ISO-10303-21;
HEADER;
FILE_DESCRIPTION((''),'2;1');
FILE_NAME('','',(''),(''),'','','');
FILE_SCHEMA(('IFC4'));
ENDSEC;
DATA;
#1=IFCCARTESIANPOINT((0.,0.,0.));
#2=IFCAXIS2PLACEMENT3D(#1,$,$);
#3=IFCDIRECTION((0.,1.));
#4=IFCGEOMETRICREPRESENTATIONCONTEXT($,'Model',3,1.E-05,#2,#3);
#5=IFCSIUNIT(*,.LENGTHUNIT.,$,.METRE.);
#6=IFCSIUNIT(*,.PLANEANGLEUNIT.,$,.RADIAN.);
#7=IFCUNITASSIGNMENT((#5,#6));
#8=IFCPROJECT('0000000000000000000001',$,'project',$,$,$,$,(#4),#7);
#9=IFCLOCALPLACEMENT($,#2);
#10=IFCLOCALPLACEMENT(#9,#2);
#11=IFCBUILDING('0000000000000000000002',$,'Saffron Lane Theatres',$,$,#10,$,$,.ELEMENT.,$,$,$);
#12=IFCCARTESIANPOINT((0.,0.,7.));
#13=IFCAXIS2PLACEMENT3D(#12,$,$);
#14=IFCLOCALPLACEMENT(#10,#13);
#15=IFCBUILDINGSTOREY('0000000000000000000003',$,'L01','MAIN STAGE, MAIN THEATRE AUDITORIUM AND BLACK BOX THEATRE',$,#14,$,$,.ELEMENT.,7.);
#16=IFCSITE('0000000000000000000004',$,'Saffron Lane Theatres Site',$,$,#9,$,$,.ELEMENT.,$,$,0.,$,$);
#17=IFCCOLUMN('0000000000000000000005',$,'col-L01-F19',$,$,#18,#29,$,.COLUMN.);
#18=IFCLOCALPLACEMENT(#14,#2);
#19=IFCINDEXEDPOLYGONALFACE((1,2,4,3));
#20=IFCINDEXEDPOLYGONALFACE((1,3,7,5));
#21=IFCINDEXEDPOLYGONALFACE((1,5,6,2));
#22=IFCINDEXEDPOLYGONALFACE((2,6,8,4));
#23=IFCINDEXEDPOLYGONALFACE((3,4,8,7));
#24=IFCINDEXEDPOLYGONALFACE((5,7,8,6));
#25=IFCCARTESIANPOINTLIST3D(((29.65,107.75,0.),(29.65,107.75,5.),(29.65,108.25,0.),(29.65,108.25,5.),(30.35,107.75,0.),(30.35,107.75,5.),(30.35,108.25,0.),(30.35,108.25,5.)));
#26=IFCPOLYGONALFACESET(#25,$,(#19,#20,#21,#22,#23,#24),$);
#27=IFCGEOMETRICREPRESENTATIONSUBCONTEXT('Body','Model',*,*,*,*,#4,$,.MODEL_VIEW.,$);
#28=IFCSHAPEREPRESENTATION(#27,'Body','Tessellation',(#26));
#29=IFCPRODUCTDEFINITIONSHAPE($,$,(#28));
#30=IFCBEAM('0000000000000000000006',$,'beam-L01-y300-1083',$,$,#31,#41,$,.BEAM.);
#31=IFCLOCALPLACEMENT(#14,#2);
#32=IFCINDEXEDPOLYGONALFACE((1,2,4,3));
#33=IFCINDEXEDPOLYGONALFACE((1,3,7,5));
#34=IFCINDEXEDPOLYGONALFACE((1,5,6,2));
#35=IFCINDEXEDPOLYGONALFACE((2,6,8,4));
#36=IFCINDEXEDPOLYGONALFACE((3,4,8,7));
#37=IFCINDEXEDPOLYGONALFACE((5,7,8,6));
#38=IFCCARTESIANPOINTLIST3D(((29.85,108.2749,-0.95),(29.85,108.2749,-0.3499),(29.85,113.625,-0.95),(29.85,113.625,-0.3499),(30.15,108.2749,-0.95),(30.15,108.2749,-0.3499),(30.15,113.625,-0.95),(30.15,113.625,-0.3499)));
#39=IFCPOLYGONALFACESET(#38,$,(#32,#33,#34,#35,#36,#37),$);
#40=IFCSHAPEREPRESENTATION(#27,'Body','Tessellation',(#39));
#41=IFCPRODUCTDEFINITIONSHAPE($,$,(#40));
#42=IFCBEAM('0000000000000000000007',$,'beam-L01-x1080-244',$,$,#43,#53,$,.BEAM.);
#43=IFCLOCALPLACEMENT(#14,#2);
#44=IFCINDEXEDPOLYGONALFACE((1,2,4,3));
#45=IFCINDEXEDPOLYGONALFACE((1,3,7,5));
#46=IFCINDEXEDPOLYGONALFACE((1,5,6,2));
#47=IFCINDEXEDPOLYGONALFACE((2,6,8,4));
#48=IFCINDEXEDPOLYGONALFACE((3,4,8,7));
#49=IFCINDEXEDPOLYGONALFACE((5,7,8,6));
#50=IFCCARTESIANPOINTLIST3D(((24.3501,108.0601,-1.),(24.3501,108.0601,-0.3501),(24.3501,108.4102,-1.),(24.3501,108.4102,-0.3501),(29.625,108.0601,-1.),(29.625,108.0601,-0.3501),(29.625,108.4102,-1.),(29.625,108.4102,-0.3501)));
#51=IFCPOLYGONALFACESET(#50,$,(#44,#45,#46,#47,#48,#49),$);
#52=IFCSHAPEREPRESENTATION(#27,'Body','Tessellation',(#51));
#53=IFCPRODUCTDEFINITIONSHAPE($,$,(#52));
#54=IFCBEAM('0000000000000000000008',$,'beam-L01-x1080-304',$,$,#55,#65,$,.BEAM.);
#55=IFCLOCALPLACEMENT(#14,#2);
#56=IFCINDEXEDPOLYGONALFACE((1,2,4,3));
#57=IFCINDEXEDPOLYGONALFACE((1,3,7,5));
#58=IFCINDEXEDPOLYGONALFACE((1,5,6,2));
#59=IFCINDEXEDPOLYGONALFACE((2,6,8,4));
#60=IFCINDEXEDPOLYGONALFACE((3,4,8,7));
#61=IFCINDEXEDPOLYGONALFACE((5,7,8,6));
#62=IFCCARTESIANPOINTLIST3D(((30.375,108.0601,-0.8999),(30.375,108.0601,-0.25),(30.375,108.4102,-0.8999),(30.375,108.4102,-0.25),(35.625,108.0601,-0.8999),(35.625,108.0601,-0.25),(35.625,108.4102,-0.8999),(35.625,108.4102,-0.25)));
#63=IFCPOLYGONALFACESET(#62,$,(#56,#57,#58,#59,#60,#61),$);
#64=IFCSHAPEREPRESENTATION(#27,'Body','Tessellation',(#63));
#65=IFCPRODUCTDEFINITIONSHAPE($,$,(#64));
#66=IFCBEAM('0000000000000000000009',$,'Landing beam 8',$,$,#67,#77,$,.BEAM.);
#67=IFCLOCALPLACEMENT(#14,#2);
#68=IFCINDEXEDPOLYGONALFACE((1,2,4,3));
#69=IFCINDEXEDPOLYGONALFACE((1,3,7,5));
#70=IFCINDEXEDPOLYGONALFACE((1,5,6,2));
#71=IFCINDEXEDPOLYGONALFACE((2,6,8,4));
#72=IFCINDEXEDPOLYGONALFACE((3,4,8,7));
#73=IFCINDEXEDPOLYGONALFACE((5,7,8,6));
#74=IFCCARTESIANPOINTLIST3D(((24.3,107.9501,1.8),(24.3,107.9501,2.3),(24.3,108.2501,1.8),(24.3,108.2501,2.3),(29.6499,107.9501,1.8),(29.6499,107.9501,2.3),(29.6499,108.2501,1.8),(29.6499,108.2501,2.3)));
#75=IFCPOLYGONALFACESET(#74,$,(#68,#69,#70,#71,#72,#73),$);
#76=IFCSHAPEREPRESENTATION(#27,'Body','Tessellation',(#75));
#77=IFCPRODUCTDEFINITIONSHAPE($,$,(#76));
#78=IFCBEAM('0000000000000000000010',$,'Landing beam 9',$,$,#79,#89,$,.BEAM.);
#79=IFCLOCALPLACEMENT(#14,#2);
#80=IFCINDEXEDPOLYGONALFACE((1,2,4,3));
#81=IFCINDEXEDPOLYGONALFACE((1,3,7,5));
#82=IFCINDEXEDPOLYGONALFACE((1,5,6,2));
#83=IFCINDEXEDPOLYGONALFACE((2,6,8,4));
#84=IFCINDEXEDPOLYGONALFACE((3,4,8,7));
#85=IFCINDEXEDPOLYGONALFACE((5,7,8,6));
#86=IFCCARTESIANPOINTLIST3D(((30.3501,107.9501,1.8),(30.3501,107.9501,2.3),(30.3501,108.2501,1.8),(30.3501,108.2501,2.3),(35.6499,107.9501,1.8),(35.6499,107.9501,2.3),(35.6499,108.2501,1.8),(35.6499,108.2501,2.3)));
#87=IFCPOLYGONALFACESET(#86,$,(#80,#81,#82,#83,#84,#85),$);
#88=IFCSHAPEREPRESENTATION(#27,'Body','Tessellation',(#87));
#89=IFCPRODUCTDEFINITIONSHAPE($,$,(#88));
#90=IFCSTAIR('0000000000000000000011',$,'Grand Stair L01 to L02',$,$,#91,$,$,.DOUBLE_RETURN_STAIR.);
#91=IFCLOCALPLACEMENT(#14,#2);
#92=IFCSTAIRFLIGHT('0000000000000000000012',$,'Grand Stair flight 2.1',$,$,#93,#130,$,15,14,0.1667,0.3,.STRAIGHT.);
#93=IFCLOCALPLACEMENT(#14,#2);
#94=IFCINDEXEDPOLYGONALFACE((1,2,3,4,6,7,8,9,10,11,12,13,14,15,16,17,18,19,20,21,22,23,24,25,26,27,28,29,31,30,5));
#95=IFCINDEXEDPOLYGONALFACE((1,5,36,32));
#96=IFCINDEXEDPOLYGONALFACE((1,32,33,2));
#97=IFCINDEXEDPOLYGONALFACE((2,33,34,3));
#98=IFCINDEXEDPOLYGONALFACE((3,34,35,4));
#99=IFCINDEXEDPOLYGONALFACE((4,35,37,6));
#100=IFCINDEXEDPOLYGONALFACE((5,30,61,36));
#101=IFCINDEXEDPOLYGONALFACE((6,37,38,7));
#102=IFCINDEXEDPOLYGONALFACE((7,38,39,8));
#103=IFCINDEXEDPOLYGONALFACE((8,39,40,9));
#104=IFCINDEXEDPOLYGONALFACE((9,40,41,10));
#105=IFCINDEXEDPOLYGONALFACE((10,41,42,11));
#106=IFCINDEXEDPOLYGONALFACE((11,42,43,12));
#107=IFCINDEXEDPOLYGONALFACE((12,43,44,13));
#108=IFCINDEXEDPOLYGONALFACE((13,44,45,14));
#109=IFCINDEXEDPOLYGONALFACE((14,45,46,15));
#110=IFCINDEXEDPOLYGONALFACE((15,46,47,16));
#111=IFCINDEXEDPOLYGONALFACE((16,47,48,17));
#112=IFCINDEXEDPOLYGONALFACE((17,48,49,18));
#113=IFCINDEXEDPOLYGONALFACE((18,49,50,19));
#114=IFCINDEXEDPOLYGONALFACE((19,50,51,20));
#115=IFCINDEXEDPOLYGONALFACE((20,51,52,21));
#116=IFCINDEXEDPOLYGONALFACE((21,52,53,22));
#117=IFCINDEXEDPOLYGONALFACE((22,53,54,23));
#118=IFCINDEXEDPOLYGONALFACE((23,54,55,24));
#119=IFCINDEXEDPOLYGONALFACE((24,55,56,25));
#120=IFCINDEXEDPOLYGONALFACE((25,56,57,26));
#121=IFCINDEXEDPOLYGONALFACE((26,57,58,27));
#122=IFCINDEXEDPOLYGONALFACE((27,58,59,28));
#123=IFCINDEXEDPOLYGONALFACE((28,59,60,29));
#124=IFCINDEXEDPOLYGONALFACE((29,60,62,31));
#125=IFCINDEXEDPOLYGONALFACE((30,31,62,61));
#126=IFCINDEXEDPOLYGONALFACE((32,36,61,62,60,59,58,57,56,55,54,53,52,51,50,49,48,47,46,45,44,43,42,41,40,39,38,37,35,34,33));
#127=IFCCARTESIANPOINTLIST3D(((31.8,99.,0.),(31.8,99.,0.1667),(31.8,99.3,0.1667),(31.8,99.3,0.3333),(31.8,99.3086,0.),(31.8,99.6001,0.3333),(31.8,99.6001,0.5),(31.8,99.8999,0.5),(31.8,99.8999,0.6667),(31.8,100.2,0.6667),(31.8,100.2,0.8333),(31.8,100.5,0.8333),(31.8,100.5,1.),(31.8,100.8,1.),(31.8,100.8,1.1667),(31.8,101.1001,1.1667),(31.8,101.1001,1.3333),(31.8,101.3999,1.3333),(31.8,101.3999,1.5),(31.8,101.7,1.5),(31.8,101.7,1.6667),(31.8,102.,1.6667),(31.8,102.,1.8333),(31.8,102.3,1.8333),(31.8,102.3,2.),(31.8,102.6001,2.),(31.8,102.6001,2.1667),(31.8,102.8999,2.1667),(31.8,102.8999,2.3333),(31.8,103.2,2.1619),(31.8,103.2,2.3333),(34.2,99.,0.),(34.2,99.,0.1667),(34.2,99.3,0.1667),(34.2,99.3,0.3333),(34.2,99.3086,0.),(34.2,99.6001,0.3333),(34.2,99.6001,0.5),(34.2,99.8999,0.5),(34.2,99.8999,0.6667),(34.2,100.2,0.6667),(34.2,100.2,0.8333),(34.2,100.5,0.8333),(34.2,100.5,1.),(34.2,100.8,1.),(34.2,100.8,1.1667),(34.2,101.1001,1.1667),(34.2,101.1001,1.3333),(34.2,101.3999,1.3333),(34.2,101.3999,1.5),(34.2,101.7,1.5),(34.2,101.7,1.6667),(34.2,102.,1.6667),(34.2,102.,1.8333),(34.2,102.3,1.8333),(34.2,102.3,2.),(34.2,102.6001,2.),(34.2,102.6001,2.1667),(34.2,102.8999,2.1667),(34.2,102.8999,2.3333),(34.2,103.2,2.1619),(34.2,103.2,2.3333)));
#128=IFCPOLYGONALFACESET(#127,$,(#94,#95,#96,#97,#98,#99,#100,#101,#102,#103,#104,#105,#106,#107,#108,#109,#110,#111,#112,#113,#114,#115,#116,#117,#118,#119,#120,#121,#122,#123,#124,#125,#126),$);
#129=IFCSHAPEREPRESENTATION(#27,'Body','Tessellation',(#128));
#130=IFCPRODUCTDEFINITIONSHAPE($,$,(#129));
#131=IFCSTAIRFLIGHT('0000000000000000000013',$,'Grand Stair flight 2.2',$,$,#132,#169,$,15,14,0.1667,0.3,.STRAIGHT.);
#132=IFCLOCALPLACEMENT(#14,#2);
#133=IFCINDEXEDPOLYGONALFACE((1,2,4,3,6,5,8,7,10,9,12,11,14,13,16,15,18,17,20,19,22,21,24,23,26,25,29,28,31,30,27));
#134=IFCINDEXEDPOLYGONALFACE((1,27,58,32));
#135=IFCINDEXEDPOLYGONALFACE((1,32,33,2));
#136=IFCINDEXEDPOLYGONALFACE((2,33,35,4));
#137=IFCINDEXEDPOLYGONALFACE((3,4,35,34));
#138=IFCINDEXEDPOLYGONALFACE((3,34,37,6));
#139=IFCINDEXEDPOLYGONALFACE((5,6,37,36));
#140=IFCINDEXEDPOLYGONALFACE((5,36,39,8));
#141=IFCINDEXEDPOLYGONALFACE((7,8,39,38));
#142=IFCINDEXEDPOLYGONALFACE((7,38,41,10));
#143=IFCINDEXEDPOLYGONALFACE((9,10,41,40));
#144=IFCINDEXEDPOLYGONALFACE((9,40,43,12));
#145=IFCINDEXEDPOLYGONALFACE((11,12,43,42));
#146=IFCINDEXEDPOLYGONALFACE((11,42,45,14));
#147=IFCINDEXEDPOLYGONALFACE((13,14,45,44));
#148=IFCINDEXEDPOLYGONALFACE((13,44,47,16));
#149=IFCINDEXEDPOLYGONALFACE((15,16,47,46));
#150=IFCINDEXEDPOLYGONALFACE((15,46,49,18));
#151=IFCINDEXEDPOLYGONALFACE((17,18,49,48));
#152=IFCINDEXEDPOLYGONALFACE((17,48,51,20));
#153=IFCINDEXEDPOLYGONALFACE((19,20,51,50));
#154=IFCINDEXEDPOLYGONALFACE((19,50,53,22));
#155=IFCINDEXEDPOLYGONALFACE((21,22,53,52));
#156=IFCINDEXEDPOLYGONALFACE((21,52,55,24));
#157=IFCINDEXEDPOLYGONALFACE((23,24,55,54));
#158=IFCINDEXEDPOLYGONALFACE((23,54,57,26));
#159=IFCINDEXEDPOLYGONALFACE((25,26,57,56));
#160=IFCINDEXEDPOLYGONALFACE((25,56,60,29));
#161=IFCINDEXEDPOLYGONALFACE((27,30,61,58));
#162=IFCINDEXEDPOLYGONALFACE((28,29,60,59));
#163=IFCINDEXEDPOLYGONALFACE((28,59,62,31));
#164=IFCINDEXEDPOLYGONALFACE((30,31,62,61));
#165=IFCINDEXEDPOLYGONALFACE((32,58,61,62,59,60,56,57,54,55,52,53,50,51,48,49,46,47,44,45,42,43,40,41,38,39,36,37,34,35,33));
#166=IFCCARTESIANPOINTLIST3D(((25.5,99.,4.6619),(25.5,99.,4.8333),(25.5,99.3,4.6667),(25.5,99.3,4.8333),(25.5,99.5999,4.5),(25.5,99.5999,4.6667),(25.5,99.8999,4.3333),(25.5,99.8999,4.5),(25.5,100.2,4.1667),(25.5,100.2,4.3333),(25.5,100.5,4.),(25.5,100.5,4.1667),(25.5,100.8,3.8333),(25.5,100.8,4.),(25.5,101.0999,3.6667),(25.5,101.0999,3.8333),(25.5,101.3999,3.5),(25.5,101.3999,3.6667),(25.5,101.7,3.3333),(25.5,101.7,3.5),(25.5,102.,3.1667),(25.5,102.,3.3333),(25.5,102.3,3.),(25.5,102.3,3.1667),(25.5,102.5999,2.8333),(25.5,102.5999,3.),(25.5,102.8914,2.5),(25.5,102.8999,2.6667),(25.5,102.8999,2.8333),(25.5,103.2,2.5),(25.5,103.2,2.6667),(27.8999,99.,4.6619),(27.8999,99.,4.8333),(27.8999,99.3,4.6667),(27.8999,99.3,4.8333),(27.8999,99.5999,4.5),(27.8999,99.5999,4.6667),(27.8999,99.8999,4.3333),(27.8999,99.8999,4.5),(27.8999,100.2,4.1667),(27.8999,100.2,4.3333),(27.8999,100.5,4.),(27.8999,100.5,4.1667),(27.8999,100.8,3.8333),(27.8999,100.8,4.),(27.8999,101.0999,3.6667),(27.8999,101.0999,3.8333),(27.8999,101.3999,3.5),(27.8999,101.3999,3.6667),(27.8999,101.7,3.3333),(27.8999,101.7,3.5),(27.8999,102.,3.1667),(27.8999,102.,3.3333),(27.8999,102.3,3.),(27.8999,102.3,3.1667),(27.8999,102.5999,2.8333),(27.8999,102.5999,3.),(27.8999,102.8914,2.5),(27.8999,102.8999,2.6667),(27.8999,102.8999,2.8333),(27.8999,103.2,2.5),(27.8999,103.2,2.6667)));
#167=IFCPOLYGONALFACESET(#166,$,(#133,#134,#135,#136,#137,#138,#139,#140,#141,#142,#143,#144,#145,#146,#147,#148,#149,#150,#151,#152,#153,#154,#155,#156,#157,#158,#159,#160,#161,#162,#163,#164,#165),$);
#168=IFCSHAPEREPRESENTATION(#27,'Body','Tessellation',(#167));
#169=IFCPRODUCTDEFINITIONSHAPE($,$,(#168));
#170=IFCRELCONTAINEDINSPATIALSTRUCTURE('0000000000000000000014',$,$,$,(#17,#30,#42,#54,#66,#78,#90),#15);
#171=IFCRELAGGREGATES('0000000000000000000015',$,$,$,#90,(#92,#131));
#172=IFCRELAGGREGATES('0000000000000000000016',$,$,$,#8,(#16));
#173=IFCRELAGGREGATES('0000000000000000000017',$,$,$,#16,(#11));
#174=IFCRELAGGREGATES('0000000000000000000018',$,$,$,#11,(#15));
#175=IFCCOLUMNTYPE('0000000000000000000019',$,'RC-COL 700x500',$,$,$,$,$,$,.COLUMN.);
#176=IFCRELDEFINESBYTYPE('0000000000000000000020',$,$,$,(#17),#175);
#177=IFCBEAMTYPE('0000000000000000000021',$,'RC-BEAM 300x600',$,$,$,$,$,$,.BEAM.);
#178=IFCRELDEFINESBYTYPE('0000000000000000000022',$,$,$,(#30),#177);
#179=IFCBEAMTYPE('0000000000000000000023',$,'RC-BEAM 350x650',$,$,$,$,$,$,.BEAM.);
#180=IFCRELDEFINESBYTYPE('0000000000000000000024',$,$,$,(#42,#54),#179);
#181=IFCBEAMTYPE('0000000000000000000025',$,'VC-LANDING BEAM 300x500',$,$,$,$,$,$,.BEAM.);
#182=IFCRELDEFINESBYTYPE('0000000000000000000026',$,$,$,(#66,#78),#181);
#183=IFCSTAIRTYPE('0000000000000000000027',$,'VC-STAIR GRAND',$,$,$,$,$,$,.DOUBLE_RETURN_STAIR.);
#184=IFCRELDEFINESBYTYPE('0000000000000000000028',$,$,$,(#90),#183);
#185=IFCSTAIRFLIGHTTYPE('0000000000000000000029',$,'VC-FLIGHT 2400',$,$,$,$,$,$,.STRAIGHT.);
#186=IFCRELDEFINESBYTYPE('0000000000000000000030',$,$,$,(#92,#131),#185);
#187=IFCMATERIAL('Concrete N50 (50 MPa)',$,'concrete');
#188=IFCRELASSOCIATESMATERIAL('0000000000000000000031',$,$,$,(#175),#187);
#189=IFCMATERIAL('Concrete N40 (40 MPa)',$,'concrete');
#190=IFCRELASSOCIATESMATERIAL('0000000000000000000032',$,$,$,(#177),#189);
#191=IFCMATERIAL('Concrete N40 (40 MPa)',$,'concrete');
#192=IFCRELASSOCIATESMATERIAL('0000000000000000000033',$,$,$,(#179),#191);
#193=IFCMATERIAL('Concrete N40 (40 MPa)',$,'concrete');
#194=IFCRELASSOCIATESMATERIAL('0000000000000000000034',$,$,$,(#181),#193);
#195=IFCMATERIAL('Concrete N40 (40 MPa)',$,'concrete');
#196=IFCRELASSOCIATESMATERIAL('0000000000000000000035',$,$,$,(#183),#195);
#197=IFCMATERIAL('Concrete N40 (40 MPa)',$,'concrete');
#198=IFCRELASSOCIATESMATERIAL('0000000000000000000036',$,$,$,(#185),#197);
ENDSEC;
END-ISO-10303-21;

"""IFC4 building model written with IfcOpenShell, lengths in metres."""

from ifc_helpers import new_model, si_unit, direction, frame, origin, origin_2d, place, context, subcontext, project, spatial, polyline, rectangle, outline, extrude, material, material_profile, profile_set, type_object, element, aggregate, save


model = new_model("IFC4")

# Units and contexts
model_context = context("Model", 3, precision=1e-05, world=origin(), true_north=direction((0.0, 1.0)))
body_context = subcontext(model_context, "Body", "Model", "MODEL_VIEW")
ifc_project = project(units=[si_unit("LENGTHUNIT", "METRE"), si_unit("PLANEANGLEUNIT", "RADIAN")], contexts=[model_context])

# Site, building, storey
site_placement = place(None, origin())
site = spatial("IfcSite", under=ifc_project, at=site_placement, Name="Saffron Lane Theatres Site", CompositionType="ELEMENT", RefElevation=0.0)
building_placement = place(site_placement, origin())
building = spatial("IfcBuilding", under=site, at=building_placement, Name="Saffron Lane Theatres", CompositionType="ELEMENT")
storey_placement = place(building_placement, frame((0.0, 0.0, 7.0)))
storey = spatial("IfcBuildingStorey", under=building, at=storey_placement, Name="L01", Description="MAIN STAGE, MAIN THEATRE AUDITORIUM AND BLACK BOX THEATRE", CompositionType="ELEMENT", Elevation=7.0)

# Column
ifc_material_1 = material(Name="Concrete N50 (50 MPa)", Category="concrete")
ifc_material_profile_1 = material_profile(ifc_material_1, rectangle(XDim=0.7, YDim=0.5, at=origin_2d()))
ifc_profile_set_1 = profile_set([ifc_material_profile_1], Name="Concrete N50 (50 MPa)")
column_type = type_object("IfcColumnType", Name="RC-COL 700x500", PredefinedType="COLUMN", material=ifc_profile_set_1)
column_placement = place(storey_placement, frame((30.0, 108.0, 0.0), z_axis=(0.0, 0.0, 1.0), x_axis=(1.0, 0.0, 0.0)))
element("IfcColumn", 1, at=column_placement, inside=storey, type_object=column_type, Name="col-L01-F19", PredefinedType="COLUMN", context=body_context, shape_type="SweptSolid", body=[
    extrude(rectangle(XDim=0.7, YDim=0.5, at=origin_2d()), origin(), (0.0, 0.0, 1.0), 5.0),
])

# Beams
ifc_material_2 = material(Name="Concrete N40 (40 MPa)", Category="concrete")
ifc_material_profile_2 = material_profile(ifc_material_2, rectangle(XDim=0.3, YDim=0.6001, at=origin_2d()))
ifc_profile_set_2 = profile_set([ifc_material_profile_2], Name="Concrete N40 (40 MPa)")
beam_type_1 = type_object("IfcBeamType", Name="RC-BEAM 300x600", PredefinedType="BEAM", material=ifc_profile_set_2)
beam_1_placement = place(storey_placement, frame((30.0, 108.2749, -0.6499), z_axis=(0.0, 1.0, 0.0), x_axis=(-1.0, 0.0, 0.0)))
element("IfcBeam", 2, at=beam_1_placement, inside=storey, type_object=beam_type_1, Name="beam-L01-y300-1083", PredefinedType="BEAM", context=body_context, shape_type="SweptSolid", body=[
    extrude(rectangle(XDim=0.3, YDim=0.6001, at=origin_2d()), origin(), (0.0, 0.0, 1.0), 5.3501),
])
ifc_material_3 = material(Name="Concrete N40 (40 MPa)", Category="concrete")
ifc_material_profile_3 = material_profile(ifc_material_3, rectangle(XDim=0.3501, YDim=0.6499, at=origin_2d()))
ifc_profile_set_3 = profile_set([ifc_material_profile_3], Name="Concrete N40 (40 MPa)")
beam_type_2 = type_object("IfcBeamType", Name="RC-BEAM 350x650", PredefinedType="BEAM", material=ifc_profile_set_3)
beam_2_placement = place(storey_placement, frame((24.3501, 108.2351, -0.675), z_axis=(1.0, 0.0, 0.0), x_axis=(0.0, 1.0, 0.0)))
element("IfcBeam", 3, at=beam_2_placement, inside=storey, type_object=beam_type_2, Name="beam-L01-x1080-244", PredefinedType="BEAM", context=body_context, shape_type="SweptSolid", body=[
    extrude(rectangle(XDim=0.3501, YDim=0.6499, at=origin_2d()), origin(), (0.0, 0.0, 1.0), 5.2749),
])
beam_3_placement = place(storey_placement, frame((30.375, 108.2351, -0.575), z_axis=(1.0, 0.0, 0.0), x_axis=(0.0, 1.0, 0.0)))
element("IfcBeam", 4, at=beam_3_placement, inside=storey, type_object=beam_type_2, Name="beam-L01-x1080-304", PredefinedType="BEAM", context=body_context, shape_type="SweptSolid", body=[
    extrude(rectangle(XDim=0.3501, YDim=0.6499, at=origin_2d()), origin(), (0.0, 0.0, 1.0), 5.25),
])
ifc_material_4 = material(Name="Concrete N40 (40 MPa)", Category="concrete")
ifc_material_profile_4 = material_profile(ifc_material_4, rectangle(XDim=0.3, YDim=0.5, at=origin_2d()))
ifc_profile_set_4 = profile_set([ifc_material_profile_4], Name="Concrete N40 (40 MPa)")
beam_type_3 = type_object("IfcBeamType", Name="VC-LANDING BEAM 300x500", PredefinedType="BEAM", material=ifc_profile_set_4)
beam_4_placement = place(storey_placement, frame((24.3, 108.1001, 2.05), z_axis=(1.0, 0.0, 0.0), x_axis=(0.0, 1.0, 0.0)))
element("IfcBeam", 5, at=beam_4_placement, inside=storey, type_object=beam_type_3, Name="Landing beam 8", PredefinedType="BEAM", context=body_context, shape_type="SweptSolid", body=[
    extrude(rectangle(XDim=0.3, YDim=0.5, at=origin_2d()), origin(), (0.0, 0.0, 1.0), 5.3499),
])
beam_5_placement = place(storey_placement, frame((30.3501, 108.1001, 2.05), z_axis=(1.0, 0.0, 0.0), x_axis=(0.0, 1.0, 0.0)))
element("IfcBeam", 6, at=beam_5_placement, inside=storey, type_object=beam_type_3, Name="Landing beam 9", PredefinedType="BEAM", context=body_context, shape_type="SweptSolid", body=[
    extrude(rectangle(XDim=0.3, YDim=0.5, at=origin_2d()), origin(), (0.0, 0.0, 1.0), 5.2998),
])

# Stair, stair flights
ifc_material_5 = material(Name="Concrete N40 (40 MPa)", Category="concrete")
stair_type = type_object("IfcStairType", Name="VC-STAIR GRAND", PredefinedType="DOUBLE_RETURN_STAIR", material=ifc_material_5)
stair_placement = place(storey_placement, origin())
stair = element("IfcStair", 7, at=stair_placement, inside=storey, type_object=stair_type, Name="Grand Stair L01 to L02", PredefinedType="DOUBLE_RETURN_STAIR")
ifc_material_6 = material(Name="Concrete N40 (40 MPa)", Category="concrete")
stair_flight_type = type_object("IfcStairFlightType", Name="VC-FLIGHT 2400", PredefinedType="STRAIGHT", material=ifc_material_6)
stair_flight_1_placement = place(storey_placement, frame((33.0, 99.0, 0.0), z_axis=(0.0, 0.0, 1.0), x_axis=(0.0, 1.0, 0.0)))
stair_flight_1 = element("IfcStairFlight", 8, at=stair_flight_1_placement, type_object=stair_flight_type, Name="Grand Stair flight 2.1", NumberOfRisers=15, NumberOfTreads=14, PredefinedType="STRAIGHT", RiserHeight=0.1667, TreadLength=0.3, context=body_context, shape_type="SweptSolid", body=[
    extrude(outline(polyline([(0.0, 0.0), (0.0, 0.1667), (0.3, 0.1667), (0.3, 0.3333), (0.6001, 0.3333), (0.6001, 0.5), (0.8999, 0.5), (0.8999, 0.6667), (1.2, 0.6667), (1.2, 0.8333), (1.5, 0.8333), (1.5, 1.0), (1.8, 1.0), (1.8, 1.1667), (2.1001, 1.1667), (2.1001, 1.3333), (2.3999, 1.3333), (2.3999, 1.5), (2.7, 1.5), (2.7, 1.6667), (3.0, 1.6667), (3.0, 1.8333), (3.3, 1.8333), (3.3, 2.0), (3.6001, 2.0), (3.6001, 2.1667), (3.8999, 2.1667), (3.8999, 2.3333), (4.2, 2.3333), (4.2, 2.5), (4.2, 2.1619), (0.3086, 0.0), (0.0, 0.0)])), frame((0.0, 1.2, 0.0), z_axis=(0.0, -1.0, 0.0), x_axis=(1.0, 0.0, 0.0)), (0.0, 0.0, 1.0), 2.3999),
])
stair_flight_2_placement = place(storey_placement, frame((26.7, 103.2, 2.5), z_axis=(0.0, 0.0, 1.0), x_axis=(0.0, -1.0, 0.0)))
stair_flight_2 = element("IfcStairFlight", 9, at=stair_flight_2_placement, type_object=stair_flight_type, Name="Grand Stair flight 2.2", NumberOfRisers=15, NumberOfTreads=14, PredefinedType="STRAIGHT", RiserHeight=0.1667, TreadLength=0.3, context=body_context, shape_type="SweptSolid", body=[
    extrude(outline(polyline([(0.0, 0.0), (0.0, 0.1667), (0.3, 0.1667), (0.3, 0.3333), (0.6001, 0.3333), (0.6001, 0.5), (0.8999, 0.5), (0.8999, 0.6667), (1.2, 0.6667), (1.2, 0.8333), (1.5, 0.8333), (1.5, 1.0), (1.8, 1.0), (1.8, 1.1667), (2.1001, 1.1667), (2.1001, 1.3333), (2.3999, 1.3333), (2.3999, 1.5), (2.7, 1.5), (2.7, 1.6667), (3.0, 1.6667), (3.0, 1.8333), (3.3, 1.8333), (3.3, 2.0), (3.6001, 2.0), (3.6001, 2.1667), (3.8999, 2.1667), (3.8999, 2.3333), (4.2, 2.3333), (4.2, 2.5), (4.2, 2.1619), (0.3086, 0.0), (0.0, 0.0)])), frame((0.0, 1.2, 0.0), z_axis=(0.0, -1.0, 0.0), x_axis=(1.0, 0.0, 0.0)), (0.0, 0.0, 1.0), 2.3999),
])
aggregate(stair, [stair_flight_1, stair_flight_2])

save(model, "model.ifc")
